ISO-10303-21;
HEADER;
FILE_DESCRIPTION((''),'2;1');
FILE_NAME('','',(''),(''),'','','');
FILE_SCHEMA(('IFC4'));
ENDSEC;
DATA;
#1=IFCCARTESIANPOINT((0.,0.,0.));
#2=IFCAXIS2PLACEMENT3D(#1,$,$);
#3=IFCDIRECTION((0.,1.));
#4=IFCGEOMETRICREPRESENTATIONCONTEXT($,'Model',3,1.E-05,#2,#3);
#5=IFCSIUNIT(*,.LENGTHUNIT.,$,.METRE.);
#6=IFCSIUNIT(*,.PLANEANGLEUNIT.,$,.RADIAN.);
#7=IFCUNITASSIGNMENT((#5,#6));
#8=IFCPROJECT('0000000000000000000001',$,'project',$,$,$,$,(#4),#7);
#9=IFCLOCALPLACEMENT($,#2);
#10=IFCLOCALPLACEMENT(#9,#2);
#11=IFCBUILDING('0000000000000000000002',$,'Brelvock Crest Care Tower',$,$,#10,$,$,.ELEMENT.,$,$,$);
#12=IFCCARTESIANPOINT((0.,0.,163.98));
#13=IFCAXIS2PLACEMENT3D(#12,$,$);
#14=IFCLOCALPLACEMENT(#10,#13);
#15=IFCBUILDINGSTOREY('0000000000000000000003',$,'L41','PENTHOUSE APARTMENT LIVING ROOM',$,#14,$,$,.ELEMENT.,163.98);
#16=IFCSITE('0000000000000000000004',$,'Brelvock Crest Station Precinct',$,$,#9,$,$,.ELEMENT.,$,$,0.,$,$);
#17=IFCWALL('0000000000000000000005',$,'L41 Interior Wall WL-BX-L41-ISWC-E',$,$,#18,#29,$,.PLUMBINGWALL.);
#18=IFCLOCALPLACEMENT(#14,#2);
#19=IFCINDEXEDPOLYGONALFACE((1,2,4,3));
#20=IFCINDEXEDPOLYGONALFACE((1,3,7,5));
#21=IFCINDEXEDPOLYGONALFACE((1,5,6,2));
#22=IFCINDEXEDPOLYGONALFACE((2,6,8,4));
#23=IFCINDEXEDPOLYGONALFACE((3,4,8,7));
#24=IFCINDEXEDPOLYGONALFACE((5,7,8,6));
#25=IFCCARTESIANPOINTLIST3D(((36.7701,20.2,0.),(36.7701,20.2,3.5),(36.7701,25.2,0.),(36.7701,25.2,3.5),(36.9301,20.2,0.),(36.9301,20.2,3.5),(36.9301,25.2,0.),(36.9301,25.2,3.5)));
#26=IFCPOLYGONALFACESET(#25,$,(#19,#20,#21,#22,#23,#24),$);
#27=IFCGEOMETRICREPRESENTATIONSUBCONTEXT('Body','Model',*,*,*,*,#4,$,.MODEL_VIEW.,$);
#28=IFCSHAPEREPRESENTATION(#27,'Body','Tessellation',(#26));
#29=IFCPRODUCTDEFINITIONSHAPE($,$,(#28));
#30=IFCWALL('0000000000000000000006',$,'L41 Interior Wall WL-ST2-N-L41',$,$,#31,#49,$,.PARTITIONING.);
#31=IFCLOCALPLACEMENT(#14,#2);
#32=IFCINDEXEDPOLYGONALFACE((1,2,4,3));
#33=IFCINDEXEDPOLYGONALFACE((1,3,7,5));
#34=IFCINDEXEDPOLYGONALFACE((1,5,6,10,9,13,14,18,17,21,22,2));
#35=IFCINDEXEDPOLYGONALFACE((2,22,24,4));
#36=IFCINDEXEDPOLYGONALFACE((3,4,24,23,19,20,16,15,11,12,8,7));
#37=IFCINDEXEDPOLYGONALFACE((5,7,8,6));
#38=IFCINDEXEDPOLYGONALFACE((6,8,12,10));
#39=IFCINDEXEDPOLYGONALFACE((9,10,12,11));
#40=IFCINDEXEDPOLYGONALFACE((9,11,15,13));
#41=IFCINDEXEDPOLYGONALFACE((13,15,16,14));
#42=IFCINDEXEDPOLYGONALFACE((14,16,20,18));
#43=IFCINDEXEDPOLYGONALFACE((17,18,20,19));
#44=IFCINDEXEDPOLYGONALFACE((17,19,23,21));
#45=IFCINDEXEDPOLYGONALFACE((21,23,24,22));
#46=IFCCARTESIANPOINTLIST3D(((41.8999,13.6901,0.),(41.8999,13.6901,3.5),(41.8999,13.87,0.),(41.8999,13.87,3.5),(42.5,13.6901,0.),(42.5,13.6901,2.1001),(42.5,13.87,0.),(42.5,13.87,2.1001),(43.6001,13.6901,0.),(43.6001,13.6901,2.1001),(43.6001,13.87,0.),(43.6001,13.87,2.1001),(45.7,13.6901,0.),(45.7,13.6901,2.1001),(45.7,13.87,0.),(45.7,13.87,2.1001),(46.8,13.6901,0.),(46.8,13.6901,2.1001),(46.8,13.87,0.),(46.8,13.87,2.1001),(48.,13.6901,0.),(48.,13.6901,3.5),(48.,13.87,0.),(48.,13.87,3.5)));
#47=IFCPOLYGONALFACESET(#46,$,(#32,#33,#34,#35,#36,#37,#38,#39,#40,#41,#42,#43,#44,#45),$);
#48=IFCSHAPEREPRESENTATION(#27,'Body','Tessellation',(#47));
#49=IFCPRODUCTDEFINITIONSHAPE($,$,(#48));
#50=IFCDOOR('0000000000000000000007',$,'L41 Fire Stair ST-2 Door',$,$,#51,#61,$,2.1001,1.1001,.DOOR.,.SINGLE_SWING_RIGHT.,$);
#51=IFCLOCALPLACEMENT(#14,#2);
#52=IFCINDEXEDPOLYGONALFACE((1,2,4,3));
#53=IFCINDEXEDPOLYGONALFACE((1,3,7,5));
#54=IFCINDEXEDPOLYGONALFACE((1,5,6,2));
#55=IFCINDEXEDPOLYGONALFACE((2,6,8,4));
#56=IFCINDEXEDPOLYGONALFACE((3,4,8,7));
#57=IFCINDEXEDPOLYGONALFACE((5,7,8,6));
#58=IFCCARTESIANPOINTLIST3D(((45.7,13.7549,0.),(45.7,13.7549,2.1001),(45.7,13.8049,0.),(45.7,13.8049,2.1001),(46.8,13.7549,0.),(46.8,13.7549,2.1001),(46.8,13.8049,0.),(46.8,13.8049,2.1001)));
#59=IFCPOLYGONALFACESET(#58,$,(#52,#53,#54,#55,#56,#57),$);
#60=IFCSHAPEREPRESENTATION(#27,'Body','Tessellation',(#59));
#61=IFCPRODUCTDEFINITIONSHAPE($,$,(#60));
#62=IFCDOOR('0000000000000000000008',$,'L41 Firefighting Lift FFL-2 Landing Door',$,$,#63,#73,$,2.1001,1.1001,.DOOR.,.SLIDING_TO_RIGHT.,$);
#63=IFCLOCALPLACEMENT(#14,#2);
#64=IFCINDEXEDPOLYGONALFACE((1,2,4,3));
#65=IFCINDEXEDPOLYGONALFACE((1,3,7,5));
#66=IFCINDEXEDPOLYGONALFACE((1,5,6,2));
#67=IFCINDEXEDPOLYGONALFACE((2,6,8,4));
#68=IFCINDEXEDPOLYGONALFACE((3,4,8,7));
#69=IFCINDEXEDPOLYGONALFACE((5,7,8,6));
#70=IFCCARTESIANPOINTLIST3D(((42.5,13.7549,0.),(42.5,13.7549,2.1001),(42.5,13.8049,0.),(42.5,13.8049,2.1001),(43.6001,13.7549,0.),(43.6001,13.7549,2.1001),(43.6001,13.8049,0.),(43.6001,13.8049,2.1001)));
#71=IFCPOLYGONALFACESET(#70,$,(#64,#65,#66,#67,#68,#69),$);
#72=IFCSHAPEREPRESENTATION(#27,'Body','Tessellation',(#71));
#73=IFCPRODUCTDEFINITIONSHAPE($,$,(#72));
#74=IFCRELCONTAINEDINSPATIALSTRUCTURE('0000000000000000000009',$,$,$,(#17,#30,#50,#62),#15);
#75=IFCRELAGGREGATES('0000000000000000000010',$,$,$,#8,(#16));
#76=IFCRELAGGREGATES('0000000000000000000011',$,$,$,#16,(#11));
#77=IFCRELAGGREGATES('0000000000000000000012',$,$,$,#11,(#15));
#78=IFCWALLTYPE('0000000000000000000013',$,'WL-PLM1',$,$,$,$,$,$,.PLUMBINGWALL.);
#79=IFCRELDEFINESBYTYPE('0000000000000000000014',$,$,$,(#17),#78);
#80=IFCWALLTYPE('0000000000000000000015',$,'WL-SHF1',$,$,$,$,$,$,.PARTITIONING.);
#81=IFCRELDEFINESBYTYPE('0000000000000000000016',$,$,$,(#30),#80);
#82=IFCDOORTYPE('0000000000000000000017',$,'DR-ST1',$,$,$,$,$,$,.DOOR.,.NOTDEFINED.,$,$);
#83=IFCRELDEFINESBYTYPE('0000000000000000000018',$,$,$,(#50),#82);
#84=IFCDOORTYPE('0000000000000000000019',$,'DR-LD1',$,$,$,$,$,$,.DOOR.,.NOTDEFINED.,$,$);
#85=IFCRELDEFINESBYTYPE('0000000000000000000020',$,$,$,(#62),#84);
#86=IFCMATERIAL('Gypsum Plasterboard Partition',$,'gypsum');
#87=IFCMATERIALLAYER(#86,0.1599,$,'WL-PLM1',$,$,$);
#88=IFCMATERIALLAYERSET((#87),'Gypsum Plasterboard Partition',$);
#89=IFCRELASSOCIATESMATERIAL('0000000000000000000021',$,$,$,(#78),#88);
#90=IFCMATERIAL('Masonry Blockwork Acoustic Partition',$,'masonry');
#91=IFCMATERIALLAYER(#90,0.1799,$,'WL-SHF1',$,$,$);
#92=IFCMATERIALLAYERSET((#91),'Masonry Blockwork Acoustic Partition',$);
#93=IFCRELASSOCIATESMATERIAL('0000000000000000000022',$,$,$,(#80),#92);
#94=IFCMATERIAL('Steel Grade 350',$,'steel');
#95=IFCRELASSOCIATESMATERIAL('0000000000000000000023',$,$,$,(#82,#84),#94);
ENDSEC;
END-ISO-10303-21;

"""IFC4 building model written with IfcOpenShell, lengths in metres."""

from ifc_helpers import new_model, si_unit, direction, frame, frame_2d, origin, origin_2d, place, context, subcontext, project, spatial, rectangle, extrude, source, transform, mapped, material, layer, layer_set, type_object, element, fill, save


model = new_model("IFC4")

# Units and contexts
model_context = context("Model", 3, precision=1e-05, world=origin(), true_north=direction((0.0, 1.0)))
body_context = subcontext(model_context, "Body", "Model", "MODEL_VIEW")
ifc_project = project(units=[si_unit("LENGTHUNIT", "METRE"), si_unit("PLANEANGLEUNIT", "RADIAN")], contexts=[model_context])

# Site, building, storey
site_placement = place(None, origin())
site = spatial("IfcSite", under=ifc_project, at=site_placement, Name="Brelvock Crest Station Precinct", CompositionType="ELEMENT", RefElevation=0.0)
building_placement = place(site_placement, origin())
building = spatial("IfcBuilding", under=site, at=building_placement, Name="Brelvock Crest Care Tower", CompositionType="ELEMENT")
storey_placement = place(building_placement, frame((0.0, 0.0, 163.98)))
storey = spatial("IfcBuildingStorey", under=building, at=storey_placement, Name="L41", Description="PENTHOUSE APARTMENT LIVING ROOM", CompositionType="ELEMENT", Elevation=163.98)

# Shared definitions
ifc_material_1 = material(Name="Steel Grade 350", Category="steel")

# Shared definitions
ifc_material_2 = material(Name="Masonry Blockwork Acoustic Partition", Category="masonry")

# Shared definitions
ifc_material_3 = material(Name="Gypsum Plasterboard Partition", Category="gypsum")
ifc_layer_1 = layer(ifc_material_3, 0.1599, Name="WL-PLM1")
ifc_layer_set_1 = layer_set([ifc_layer_1], Name="Gypsum Plasterboard Partition")
wall_type_1 = type_object("IfcWallType", Name="WL-PLM1", PredefinedType="PLUMBINGWALL", material=ifc_layer_set_1)

# Wall
wall_1_placement = place(storey_placement, frame((36.8501, 20.2, 0.0), z_axis=(0.0, 0.0, 1.0), x_axis=(0.0, 1.0, 0.0)))
element("IfcWall", 1, at=wall_1_placement, inside=storey, type_object=wall_type_1, Name="L41 Interior Wall WL-BX-L41-ISWC-E", PredefinedType="PLUMBINGWALL", context=body_context, shape_type="SweptSolid", body=[
    extrude(rectangle(XDim=5.0, YDim=0.1599, at=frame_2d((2.5, 0.0))), origin(), (0.0, 0.0, 1.0), 3.5),
])

# Wall, openings, doors
ifc_layer_2 = layer(ifc_material_2, 0.1799, Name="WL-SHF1")
ifc_layer_set_2 = layer_set([ifc_layer_2], Name="Masonry Blockwork Acoustic Partition")
wall_type_2 = type_object("IfcWallType", Name="WL-SHF1", PredefinedType="PARTITIONING", material=ifc_layer_set_2)
wall_2_placement = place(storey_placement, frame((41.8999, 13.78, 0.0), z_axis=(0.0, 0.0, 1.0), x_axis=(1.0, 0.0, 0.0)))
wall_2 = element("IfcWall", 2, at=wall_2_placement, inside=storey, type_object=wall_type_2, Name="L41 Interior Wall WL-ST2-N-L41", PredefinedType="PARTITIONING", context=body_context, shape_type="SweptSolid", body=[
    extrude(rectangle(XDim=6.1001, YDim=0.1799, at=frame_2d((3.05, 0.0))), origin(), (0.0, 0.0, 1.0), 3.5),
])
opening_1_placement = place(wall_2_placement, frame((0.6001, 0.0, 0.0)))
opening_1 = element("IfcOpeningElement", 3, at=opening_1_placement, cuts=wall_2, PredefinedType="OPENING", context=body_context, shape_type="SweptSolid", body=[
    extrude(rectangle(XDim=1.1001, YDim=2.1001, at=origin_2d()), frame((0.55, 0.1001, 1.05), z_axis=(0.0, -1.0, 0.0), x_axis=(1.0, 0.0, 0.0)), (0.0, 0.0, 1.0), 0.2),
])
opening_2_placement = place(wall_2_placement, frame((3.8, 0.0, 0.0)))
opening_2 = element("IfcOpeningElement", 4, at=opening_2_placement, cuts=wall_2, PredefinedType="OPENING", context=body_context, shape_type="SweptSolid", body=[
    extrude(rectangle(XDim=1.1001, YDim=2.1001, at=origin_2d()), frame((0.55, 0.1001, 1.05), z_axis=(0.0, -1.0, 0.0), x_axis=(1.0, 0.0, 0.0)), (0.0, 0.0, 1.0), 0.2),
])
door_type_1 = type_object("IfcDoorType", Name="DR-ST1", OperationType="NOTDEFINED", PredefinedType="DOOR", material=ifc_material_1)
shared_shape_1 = source(origin(), body_context, "Body", "SweptSolid", [
    extrude(rectangle(XDim=1.1001, YDim=2.1001, at=origin_2d()), frame((0.55, 0.0249, 1.05), z_axis=(0.0, -1.0, 0.0), x_axis=(1.0, 0.0, 0.0)), (0.0, 0.0, 1.0), 0.05),
])
door_1_placement = place(opening_2_placement, origin())
door_1 = element("IfcDoor", 5, at=door_1_placement, inside=storey, type_object=door_type_1, Name="L41 Fire Stair ST-2 Door", OperationType="SINGLE_SWING_RIGHT", OverallHeight=2.1001, OverallWidth=1.1001, PredefinedType="DOOR", context=body_context, shape_type="MappedRepresentation", body=[
    mapped(shared_shape_1, transform((0.0, 0.0, 0.0), x_axis=(1.0, 0.0, 0.0), y_axis=(0.0, 1.0, 0.0), z_axis=(0.0, 0.0, 1.0), scale=1.0)),
])
fill(opening_2, door_1)
door_type_2 = type_object("IfcDoorType", Name="DR-LD1", OperationType="NOTDEFINED", PredefinedType="DOOR", material=ifc_material_1)
shared_shape_2 = source(origin(), body_context, "Body", "SweptSolid", [
    extrude(rectangle(XDim=1.1001, YDim=2.1001, at=origin_2d()), frame((0.55, 0.0249, 1.05), z_axis=(0.0, -1.0, 0.0), x_axis=(1.0, 0.0, 0.0)), (0.0, 0.0, 1.0), 0.05),
])
door_2_placement = place(opening_1_placement, origin())
door_2 = element("IfcDoor", 6, at=door_2_placement, inside=storey, type_object=door_type_2, Name="L41 Firefighting Lift FFL-2 Landing Door", OperationType="SLIDING_TO_RIGHT", OverallHeight=2.1001, OverallWidth=1.1001, PredefinedType="DOOR", context=body_context, shape_type="MappedRepresentation", body=[
    mapped(shared_shape_2, transform((0.0, 0.0, 0.0), x_axis=(1.0, 0.0, 0.0), y_axis=(0.0, 1.0, 0.0), z_axis=(0.0, 0.0, 1.0), scale=1.0)),
])
fill(opening_1, door_2)

save(model, "model.ifc")
